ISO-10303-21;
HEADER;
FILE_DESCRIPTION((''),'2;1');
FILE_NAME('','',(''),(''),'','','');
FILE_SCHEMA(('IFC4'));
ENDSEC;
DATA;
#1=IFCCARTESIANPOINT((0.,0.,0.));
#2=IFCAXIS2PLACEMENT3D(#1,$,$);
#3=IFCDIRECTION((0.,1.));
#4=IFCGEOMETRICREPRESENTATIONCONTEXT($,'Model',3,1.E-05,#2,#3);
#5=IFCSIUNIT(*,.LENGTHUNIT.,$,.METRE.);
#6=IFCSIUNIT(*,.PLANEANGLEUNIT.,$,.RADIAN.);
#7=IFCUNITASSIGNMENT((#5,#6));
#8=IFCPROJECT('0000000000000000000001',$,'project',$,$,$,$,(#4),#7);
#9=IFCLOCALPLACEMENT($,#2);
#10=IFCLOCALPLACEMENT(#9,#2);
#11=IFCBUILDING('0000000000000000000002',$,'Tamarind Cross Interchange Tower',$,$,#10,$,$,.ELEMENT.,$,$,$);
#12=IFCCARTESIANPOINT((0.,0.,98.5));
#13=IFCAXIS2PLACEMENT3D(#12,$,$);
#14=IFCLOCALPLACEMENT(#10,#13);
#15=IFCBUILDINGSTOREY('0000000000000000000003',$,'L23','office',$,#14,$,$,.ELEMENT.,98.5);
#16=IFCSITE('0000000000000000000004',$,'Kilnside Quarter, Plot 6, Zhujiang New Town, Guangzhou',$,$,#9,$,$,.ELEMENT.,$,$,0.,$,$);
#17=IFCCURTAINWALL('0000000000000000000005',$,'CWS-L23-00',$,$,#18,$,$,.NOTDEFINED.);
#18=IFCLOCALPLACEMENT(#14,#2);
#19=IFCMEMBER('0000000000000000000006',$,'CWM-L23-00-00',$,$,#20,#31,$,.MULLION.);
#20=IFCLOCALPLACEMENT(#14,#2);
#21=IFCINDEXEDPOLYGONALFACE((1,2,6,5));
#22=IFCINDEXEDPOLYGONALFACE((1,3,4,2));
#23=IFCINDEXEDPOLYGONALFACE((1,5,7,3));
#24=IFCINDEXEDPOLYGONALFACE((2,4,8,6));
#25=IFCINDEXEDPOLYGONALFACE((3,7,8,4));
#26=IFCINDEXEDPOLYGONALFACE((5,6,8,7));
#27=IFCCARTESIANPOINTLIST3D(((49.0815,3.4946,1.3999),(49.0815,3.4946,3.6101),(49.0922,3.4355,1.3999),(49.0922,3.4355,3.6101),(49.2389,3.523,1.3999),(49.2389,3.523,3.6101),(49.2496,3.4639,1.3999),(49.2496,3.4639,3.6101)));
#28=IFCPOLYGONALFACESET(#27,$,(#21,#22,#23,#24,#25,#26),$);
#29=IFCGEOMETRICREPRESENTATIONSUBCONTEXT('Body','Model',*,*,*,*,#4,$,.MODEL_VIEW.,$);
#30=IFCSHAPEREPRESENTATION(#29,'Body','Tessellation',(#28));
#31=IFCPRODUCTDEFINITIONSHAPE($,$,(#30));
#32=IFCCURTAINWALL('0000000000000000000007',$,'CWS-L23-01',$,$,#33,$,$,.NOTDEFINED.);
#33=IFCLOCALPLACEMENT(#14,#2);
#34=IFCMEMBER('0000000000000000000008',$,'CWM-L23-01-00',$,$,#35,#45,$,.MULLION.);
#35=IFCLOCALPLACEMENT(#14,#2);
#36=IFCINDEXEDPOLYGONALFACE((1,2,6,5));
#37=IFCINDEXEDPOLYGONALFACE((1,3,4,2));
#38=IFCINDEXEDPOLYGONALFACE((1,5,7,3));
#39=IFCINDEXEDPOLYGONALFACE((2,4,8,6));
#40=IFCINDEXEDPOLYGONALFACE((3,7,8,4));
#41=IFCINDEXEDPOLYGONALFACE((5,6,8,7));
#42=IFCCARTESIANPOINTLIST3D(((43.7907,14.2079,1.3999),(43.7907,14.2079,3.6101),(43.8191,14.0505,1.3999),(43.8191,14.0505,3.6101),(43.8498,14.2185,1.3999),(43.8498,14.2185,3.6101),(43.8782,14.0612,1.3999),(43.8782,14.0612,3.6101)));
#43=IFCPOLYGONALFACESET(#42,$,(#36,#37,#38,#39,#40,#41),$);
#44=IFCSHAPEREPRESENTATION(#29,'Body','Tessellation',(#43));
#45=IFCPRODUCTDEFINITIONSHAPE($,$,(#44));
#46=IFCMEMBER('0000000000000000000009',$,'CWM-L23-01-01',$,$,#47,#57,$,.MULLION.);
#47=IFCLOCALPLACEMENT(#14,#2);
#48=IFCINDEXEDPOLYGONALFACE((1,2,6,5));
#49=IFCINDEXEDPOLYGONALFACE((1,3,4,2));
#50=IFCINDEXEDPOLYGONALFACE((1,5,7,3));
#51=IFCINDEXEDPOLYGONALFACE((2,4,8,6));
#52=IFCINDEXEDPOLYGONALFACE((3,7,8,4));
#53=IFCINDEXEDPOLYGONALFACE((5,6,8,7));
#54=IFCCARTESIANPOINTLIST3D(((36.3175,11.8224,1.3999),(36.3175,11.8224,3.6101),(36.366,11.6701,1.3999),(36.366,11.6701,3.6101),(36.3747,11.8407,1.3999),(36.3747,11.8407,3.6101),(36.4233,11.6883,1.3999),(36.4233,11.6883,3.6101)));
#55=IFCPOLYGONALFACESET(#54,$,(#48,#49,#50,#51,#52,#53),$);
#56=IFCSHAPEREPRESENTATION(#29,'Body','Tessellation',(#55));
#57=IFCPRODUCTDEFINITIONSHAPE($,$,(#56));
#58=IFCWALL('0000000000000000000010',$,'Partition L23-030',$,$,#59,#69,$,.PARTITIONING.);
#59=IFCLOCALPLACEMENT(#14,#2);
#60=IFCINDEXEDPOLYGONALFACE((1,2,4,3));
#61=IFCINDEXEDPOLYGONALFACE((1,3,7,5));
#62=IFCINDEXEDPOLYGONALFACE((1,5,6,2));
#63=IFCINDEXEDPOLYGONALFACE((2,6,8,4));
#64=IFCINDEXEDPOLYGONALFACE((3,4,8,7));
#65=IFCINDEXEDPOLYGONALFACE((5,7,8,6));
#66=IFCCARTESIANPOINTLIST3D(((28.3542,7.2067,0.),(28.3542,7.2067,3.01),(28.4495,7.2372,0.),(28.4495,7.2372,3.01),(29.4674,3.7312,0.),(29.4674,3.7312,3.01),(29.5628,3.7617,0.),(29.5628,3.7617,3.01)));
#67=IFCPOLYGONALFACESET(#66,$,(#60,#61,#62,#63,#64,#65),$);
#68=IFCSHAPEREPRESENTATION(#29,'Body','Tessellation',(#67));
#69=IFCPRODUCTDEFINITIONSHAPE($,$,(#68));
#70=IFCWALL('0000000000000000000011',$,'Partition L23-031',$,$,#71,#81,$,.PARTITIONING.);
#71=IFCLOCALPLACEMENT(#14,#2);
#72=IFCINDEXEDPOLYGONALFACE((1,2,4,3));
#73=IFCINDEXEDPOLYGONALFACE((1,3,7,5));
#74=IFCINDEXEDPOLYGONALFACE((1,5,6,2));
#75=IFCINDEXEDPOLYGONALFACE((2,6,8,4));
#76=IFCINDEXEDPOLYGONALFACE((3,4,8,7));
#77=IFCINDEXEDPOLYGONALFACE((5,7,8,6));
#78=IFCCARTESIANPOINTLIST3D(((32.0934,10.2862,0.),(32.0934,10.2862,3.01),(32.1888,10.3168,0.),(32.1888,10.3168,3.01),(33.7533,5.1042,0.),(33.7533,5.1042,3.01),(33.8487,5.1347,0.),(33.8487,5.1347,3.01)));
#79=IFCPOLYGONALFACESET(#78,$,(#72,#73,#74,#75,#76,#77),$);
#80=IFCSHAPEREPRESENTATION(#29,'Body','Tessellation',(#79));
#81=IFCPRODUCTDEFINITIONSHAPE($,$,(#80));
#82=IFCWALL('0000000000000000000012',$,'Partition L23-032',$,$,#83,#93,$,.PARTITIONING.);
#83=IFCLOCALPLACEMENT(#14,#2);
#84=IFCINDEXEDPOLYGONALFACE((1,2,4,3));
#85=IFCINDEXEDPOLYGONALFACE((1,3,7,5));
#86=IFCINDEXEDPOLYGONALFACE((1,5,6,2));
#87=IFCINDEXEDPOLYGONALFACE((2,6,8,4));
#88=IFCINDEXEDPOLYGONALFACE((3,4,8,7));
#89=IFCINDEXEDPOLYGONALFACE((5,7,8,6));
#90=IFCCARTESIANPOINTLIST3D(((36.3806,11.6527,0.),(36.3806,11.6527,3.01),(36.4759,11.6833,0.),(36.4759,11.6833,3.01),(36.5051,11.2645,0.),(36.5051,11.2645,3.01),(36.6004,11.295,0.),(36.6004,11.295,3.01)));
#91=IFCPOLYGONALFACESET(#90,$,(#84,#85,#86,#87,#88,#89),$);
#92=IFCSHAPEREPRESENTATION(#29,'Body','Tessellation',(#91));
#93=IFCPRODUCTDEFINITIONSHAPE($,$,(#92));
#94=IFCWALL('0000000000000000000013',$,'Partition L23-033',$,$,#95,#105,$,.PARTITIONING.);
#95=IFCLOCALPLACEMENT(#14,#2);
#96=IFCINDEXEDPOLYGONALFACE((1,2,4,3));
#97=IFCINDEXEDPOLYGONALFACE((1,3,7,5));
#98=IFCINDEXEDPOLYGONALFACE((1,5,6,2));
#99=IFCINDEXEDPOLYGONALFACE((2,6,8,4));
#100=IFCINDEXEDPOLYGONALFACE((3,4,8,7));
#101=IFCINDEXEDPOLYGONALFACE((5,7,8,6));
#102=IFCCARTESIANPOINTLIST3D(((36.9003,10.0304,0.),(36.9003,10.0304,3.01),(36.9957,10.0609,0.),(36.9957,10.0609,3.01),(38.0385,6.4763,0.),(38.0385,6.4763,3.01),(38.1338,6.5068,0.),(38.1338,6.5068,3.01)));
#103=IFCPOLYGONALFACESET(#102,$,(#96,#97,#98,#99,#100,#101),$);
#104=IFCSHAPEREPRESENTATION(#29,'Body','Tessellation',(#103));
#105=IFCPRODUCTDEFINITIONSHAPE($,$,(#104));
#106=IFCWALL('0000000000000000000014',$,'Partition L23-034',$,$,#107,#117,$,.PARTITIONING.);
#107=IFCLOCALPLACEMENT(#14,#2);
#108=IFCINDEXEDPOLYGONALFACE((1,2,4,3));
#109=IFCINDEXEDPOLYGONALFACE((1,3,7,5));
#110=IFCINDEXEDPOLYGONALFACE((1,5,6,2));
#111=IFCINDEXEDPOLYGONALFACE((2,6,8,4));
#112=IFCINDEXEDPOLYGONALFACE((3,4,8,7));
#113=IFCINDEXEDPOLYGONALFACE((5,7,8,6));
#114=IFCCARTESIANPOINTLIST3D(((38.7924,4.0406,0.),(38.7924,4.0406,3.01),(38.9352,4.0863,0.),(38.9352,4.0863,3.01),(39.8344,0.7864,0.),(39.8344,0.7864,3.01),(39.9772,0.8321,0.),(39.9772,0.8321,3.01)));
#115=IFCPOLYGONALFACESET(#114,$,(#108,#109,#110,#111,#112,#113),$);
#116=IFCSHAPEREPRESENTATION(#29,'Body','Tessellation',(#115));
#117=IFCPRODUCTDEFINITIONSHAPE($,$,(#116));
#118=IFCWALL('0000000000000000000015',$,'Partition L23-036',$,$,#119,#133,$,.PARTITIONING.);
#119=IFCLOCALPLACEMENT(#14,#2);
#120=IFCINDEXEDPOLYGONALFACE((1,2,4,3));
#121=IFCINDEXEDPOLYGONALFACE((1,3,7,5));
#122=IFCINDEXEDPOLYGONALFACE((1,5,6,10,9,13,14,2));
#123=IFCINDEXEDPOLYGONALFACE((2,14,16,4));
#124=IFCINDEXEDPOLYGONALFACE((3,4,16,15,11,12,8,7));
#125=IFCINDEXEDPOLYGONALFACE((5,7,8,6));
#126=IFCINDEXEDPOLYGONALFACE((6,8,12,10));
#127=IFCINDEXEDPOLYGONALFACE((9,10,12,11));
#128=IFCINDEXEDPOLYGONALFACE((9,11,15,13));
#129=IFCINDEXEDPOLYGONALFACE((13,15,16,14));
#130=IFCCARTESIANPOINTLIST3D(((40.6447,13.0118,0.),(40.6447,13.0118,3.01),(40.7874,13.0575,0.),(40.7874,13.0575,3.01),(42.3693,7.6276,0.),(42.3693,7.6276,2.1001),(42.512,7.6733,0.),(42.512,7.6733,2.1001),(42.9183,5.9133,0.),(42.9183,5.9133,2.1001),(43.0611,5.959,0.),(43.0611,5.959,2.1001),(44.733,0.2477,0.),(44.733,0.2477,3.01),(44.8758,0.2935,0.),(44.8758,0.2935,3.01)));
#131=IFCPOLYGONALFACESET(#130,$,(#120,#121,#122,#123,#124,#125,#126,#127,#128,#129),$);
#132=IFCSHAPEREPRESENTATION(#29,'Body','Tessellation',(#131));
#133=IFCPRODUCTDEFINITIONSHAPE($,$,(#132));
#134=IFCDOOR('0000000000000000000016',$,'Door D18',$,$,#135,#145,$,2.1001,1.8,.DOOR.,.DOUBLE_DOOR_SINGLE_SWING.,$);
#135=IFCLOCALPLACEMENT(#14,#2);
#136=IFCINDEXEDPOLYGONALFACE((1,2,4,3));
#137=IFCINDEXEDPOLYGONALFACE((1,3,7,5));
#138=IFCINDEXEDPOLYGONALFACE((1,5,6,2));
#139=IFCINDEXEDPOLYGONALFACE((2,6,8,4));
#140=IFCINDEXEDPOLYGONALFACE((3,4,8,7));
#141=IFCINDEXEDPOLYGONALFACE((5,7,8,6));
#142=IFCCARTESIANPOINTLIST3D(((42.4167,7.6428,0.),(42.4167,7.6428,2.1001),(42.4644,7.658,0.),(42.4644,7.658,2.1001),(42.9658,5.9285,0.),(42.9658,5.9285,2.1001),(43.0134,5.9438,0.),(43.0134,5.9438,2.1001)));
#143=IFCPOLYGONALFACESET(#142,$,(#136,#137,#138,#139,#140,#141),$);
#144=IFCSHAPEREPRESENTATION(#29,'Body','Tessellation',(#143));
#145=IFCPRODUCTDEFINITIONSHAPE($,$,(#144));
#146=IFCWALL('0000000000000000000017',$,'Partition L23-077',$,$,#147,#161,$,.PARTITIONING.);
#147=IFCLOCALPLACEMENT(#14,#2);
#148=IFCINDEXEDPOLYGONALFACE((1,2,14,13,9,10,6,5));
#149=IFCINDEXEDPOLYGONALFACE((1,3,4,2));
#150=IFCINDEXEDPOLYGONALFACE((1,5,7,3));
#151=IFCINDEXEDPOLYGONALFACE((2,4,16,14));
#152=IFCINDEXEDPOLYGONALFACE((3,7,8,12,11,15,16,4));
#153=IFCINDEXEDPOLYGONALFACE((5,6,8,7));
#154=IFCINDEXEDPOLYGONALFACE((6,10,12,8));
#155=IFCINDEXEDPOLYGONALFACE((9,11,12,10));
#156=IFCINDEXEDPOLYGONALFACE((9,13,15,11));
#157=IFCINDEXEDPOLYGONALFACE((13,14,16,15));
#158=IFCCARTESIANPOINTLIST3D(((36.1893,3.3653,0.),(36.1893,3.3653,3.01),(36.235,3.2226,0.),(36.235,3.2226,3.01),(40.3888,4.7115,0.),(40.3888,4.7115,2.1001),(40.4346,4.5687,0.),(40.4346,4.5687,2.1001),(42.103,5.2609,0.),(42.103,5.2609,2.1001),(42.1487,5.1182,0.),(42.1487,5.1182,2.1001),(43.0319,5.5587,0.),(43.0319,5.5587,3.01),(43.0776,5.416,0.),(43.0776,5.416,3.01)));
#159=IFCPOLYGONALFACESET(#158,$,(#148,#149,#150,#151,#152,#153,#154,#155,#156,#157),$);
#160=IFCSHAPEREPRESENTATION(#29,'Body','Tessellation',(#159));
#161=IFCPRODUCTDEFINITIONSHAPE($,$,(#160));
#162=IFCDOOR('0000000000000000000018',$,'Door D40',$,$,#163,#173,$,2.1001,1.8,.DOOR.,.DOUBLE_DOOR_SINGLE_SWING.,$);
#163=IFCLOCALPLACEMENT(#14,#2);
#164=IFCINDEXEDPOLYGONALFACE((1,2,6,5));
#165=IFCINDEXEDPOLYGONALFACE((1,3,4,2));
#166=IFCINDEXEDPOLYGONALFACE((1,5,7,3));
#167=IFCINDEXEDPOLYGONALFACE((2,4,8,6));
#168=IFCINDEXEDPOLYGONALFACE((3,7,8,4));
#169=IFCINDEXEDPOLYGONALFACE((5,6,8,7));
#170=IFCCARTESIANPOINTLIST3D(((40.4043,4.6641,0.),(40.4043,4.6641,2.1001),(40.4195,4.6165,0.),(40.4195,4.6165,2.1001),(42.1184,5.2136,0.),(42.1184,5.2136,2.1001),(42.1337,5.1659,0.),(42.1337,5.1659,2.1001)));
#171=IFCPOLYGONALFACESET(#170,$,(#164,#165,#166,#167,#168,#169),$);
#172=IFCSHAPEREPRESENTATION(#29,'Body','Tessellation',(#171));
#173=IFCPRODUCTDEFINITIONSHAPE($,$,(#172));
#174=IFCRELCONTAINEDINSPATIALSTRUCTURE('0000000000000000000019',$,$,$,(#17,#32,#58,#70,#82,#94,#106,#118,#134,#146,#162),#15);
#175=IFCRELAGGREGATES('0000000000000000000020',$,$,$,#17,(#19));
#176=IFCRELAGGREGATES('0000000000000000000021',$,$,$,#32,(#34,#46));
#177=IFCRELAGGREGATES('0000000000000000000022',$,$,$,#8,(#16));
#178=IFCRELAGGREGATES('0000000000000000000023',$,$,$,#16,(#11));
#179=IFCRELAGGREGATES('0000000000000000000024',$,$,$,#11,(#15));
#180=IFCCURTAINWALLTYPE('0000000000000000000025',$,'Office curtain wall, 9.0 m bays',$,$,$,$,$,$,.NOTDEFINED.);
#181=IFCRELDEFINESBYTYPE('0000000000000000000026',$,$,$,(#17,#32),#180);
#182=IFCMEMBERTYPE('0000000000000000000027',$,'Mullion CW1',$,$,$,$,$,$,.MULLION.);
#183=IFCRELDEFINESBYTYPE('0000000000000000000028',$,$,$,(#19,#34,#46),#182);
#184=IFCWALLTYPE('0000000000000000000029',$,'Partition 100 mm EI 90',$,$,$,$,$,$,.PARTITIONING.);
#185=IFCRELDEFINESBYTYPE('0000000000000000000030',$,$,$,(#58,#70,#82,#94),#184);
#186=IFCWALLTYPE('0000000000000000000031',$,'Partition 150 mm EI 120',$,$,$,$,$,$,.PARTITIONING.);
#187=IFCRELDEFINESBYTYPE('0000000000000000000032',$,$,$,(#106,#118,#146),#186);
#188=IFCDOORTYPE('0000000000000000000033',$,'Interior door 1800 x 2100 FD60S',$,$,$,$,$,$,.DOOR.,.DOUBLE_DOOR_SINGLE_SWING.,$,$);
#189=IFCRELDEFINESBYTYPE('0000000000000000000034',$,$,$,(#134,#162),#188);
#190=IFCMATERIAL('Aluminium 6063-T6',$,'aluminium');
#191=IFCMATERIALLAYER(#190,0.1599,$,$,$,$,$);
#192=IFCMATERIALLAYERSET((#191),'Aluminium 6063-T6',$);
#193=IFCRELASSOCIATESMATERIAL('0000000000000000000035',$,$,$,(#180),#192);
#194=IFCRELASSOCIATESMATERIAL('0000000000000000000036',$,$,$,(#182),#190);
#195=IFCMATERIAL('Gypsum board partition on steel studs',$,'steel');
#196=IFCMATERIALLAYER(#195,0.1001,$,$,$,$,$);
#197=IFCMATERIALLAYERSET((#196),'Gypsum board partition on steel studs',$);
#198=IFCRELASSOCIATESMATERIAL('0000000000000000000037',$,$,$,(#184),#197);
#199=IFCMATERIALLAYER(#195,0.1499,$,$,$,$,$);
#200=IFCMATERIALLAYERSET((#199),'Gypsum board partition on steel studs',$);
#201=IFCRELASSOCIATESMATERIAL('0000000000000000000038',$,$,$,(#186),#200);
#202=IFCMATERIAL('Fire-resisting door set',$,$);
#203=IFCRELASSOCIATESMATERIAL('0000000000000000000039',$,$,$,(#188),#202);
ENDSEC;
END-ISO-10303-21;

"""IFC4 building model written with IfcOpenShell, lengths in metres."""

from ifc_helpers import new_model, si_unit, direction, frame, frame_2d, origin, origin_2d, place, context, subcontext, project, spatial, rectangle, extrude, material, layer, layer_set, material_profile, profile_set, type_object, element, fill, aggregate, save


model = new_model("IFC4")

# Units and contexts
model_context = context("Model", 3, precision=1e-05, world=origin(), true_north=direction((0.0, 1.0)))
body_context = subcontext(model_context, "Body", "Model", "MODEL_VIEW")
ifc_project = project(units=[si_unit("LENGTHUNIT", "METRE"), si_unit("PLANEANGLEUNIT", "RADIAN")], contexts=[model_context])

# Site, building, storey
site_placement = place(None, origin())
site = spatial("IfcSite", under=ifc_project, at=site_placement, Name="Kilnside Quarter, Plot 6, Zhujiang New Town, Guangzhou", CompositionType="ELEMENT", RefElevation=0.0)
building_placement = place(site_placement, origin())
building = spatial("IfcBuilding", under=site, at=building_placement, Name="Tamarind Cross Interchange Tower", CompositionType="ELEMENT")
storey_placement = place(building_placement, frame((0.0, 0.0, 98.5)))
storey = spatial("IfcBuildingStorey", under=building, at=storey_placement, Name="L23", Description="office", CompositionType="ELEMENT", Elevation=98.5)

# Curtain wall, member
ifc_material_1 = material(Name="Aluminium 6063-T6", Category="aluminium")
ifc_layer_1 = layer(ifc_material_1, 0.1599)
ifc_layer_set_1 = layer_set([ifc_layer_1], Name="Aluminium 6063-T6")
curtain_wall_type = type_object("IfcCurtainWallType", Name="Office curtain wall, 9.0 m bays", PredefinedType="NOTDEFINED", material=ifc_layer_set_1)
curtain_wall_1_placement = place(storey_placement, origin())
curtain_wall_1 = element("IfcCurtainWall", 1, at=curtain_wall_1_placement, inside=storey, type_object=curtain_wall_type, Name="CWS-L23-00", PredefinedType="NOTDEFINED")
ifc_material_profile_1 = material_profile(ifc_material_1, rectangle(XDim=0.0601, YDim=0.1599, at=origin_2d()), Name="Mullion CW1")
ifc_profile_set_1 = profile_set([ifc_material_profile_1], Name="Aluminium 6063-T6")
member_type = type_object("IfcMemberType", Name="Mullion CW1", PredefinedType="MULLION", material=ifc_profile_set_1)
member_1_placement = place(storey_placement, frame((49.1655, 3.4792, 1.3999), z_axis=(0.0, 0.0, 1.0), x_axis=(-0.178143, 0.984005, 0.0)))
member_1 = element("IfcMember", 2, at=member_1_placement, type_object=member_type, Name="CWM-L23-00-00", PredefinedType="MULLION", context=body_context, shape_type="SweptSolid", body=[
    extrude(rectangle(XDim=0.0601, YDim=0.1599, at=origin_2d()), origin(), (0.0, 0.0, 1.0), 2.2102),
])
aggregate(curtain_wall_1, [member_1])

# Curtain wall, members
curtain_wall_2_placement = place(storey_placement, origin())
curtain_wall_2 = element("IfcCurtainWall", 3, at=curtain_wall_2_placement, inside=storey, type_object=curtain_wall_type, Name="CWS-L23-01", PredefinedType="NOTDEFINED")
member_2_placement = place(storey_placement, frame((43.8345, 14.1345, 1.3999), z_axis=(0.0, 0.0, 1.0), x_axis=(-0.984133, -0.177433, 0.0)))
member_2 = element("IfcMember", 4, at=member_2_placement, type_object=member_type, Name="CWM-L23-01-00", PredefinedType="MULLION", context=body_context, shape_type="SweptSolid", body=[
    extrude(rectangle(XDim=0.0601, YDim=0.1599, at=origin_2d()), origin(), (0.0, 0.0, 1.0), 2.2102),
])
member_3_placement = place(storey_placement, frame((36.3704, 11.7554, 1.3999), z_axis=(0.0, 0.0, 1.0), x_axis=(-0.952773, -0.303683, 0.0)))
member_3 = element("IfcMember", 5, at=member_3_placement, type_object=member_type, Name="CWM-L23-01-01", PredefinedType="MULLION", context=body_context, shape_type="SweptSolid", body=[
    extrude(rectangle(XDim=0.0601, YDim=0.1599, at=origin_2d()), origin(), (0.0, 0.0, 1.0), 2.2102),
])
aggregate(curtain_wall_2, [member_2, member_3])

# Walls
ifc_material_2 = material(Name="Gypsum board partition on steel studs", Category="steel")
ifc_layer_2 = layer(ifc_material_2, 0.1001)
ifc_layer_set_2 = layer_set([ifc_layer_2], Name="Gypsum board partition on steel studs")
wall_type_1 = type_object("IfcWallType", Name="Partition 100 mm EI 90", PredefinedType="PARTITIONING", material=ifc_layer_set_2)
wall_1_placement = place(storey_placement, frame((28.4019, 7.2219, 0.0), z_axis=(0.0, 0.0, 1.0), x_axis=(0.305048, -0.952337, 0.0)))
element("IfcWall", 6, at=wall_1_placement, inside=storey, type_object=wall_type_1, Name="Partition L23-030", PredefinedType="PARTITIONING", context=body_context, shape_type="SweptSolid", body=[
    extrude(rectangle(XDim=3.6494, YDim=0.1001, at=frame_2d((1.8247, 0.0))), origin(), (0.0, 0.0, 1.0), 3.01),
])
wall_2_placement = place(storey_placement, frame((32.1411, 10.3015, 0.0), z_axis=(0.0, 0.0, 1.0), x_axis=(0.305048, -0.952337, 0.0)))
element("IfcWall", 7, at=wall_2_placement, inside=storey, type_object=wall_type_1, Name="Partition L23-031", PredefinedType="PARTITIONING", context=body_context, shape_type="SweptSolid", body=[
    extrude(rectangle(XDim=5.4414, YDim=0.1001, at=frame_2d((2.7207, 0.0))), origin(), (0.0, 0.0, 1.0), 3.01),
])
wall_3_placement = place(storey_placement, frame((36.4282, 11.668, 0.0), z_axis=(0.0, 0.0, 1.0), x_axis=(0.305428, -0.952215, 0.0)))
element("IfcWall", 8, at=wall_3_placement, inside=storey, type_object=wall_type_1, Name="Partition L23-032", PredefinedType="PARTITIONING", context=body_context, shape_type="SweptSolid", body=[
    extrude(rectangle(XDim=0.4077, YDim=0.1001, at=frame_2d((0.2039, 0.0))), origin(), (0.0, 0.0, 1.0), 3.01),
])
wall_4_placement = place(storey_placement, frame((36.948, 10.0457, 0.0), z_axis=(0.0, 0.0, 1.0), x_axis=(0.30498, -0.952359, 0.0)))
element("IfcWall", 9, at=wall_4_placement, inside=storey, type_object=wall_type_1, Name="Partition L23-033", PredefinedType="PARTITIONING", context=body_context, shape_type="SweptSolid", body=[
    extrude(rectangle(XDim=3.7319, YDim=0.1001, at=frame_2d((1.866, 0.0))), origin(), (0.0, 0.0, 1.0), 3.01),
])
ifc_layer_3 = layer(ifc_material_2, 0.1499)
ifc_layer_set_3 = layer_set([ifc_layer_3], Name="Gypsum board partition on steel studs")
wall_type_2 = type_object("IfcWallType", Name="Partition 150 mm EI 120", PredefinedType="PARTITIONING", material=ifc_layer_set_3)
wall_5_placement = place(storey_placement, frame((38.8638, 4.0635, 0.0), z_axis=(0.0, 0.0, 1.0), x_axis=(0.304952, -0.952368, 0.0)))
element("IfcWall", 10, at=wall_5_placement, inside=storey, type_object=wall_type_2, Name="Partition L23-034", PredefinedType="PARTITIONING", context=body_context, shape_type="SweptSolid", body=[
    extrude(rectangle(XDim=3.417, YDim=0.1499, at=frame_2d((1.7085, 0.0))), origin(), (0.0, 0.0, 1.0), 3.01),
])

# Walls, openings, doors
wall_6_placement = place(storey_placement, frame((40.7161, 13.0347, 0.0), z_axis=(0.0, 0.0, 1.0), x_axis=(0.305036, -0.952341, 0.0)))
wall_6 = element("IfcWall", 11, at=wall_6_placement, inside=storey, type_object=wall_type_2, Name="Partition L23-036", PredefinedType="PARTITIONING", context=body_context, shape_type="SweptSolid", body=[
    extrude(rectangle(XDim=13.4028, YDim=0.1499, at=frame_2d((6.7014, 0.0))), origin(), (0.0, 0.0, 1.0), 3.01),
])
opening_1_placement = place(wall_6_placement, frame((5.6538, 0.0, 0.0)))
opening_1 = element("IfcOpeningElement", 12, at=opening_1_placement, cuts=wall_6, PredefinedType="OPENING", context=body_context, shape_type="SweptSolid", body=[
    extrude(rectangle(XDim=1.8, YDim=2.1001, at=frame_2d((0.8999, 1.05))), frame((0.0, 0.085, 0.0), z_axis=(0.0, -1.0, 0.0), x_axis=(1.0, 0.0, 0.0)), (0.0, 0.0, 1.0), 0.1699),
])
ifc_material_3 = material(Name="Fire-resisting door set")
door_type_1 = type_object("IfcDoorType", Name="Interior door 1800 x 2100 FD60S", OperationType="DOUBLE_DOOR_SINGLE_SWING", PredefinedType="DOOR", material=ifc_material_3)
door_1_placement = place(opening_1_placement, origin())
door_1 = element("IfcDoor", 13, at=door_1_placement, inside=storey, type_object=door_type_1, Name="Door D18", OperationType="DOUBLE_DOOR_SINGLE_SWING", OverallHeight=2.1001, OverallWidth=1.8, PredefinedType="DOOR", context=body_context, shape_type="SweptSolid", body=[
    extrude(rectangle(XDim=1.8, YDim=2.1001, at=frame_2d((0.8999, 1.05))), frame((0.0, 0.0249, 0.0), z_axis=(0.0, -1.0, 0.0), x_axis=(1.0, 0.0, 0.0)), (0.0, 0.0, 1.0), 0.05),
])
fill(opening_1, door_1)
wall_7_placement = place(storey_placement, frame((36.2122, 3.2939, 0.0), z_axis=(0.0, 0.0, 1.0), x_axis=(0.952273, 0.305249, 0.0)))
wall_7 = element("IfcWall", 14, at=wall_7_placement, inside=storey, type_object=wall_type_2, Name="Partition L23-077", PredefinedType="PARTITIONING", context=body_context, shape_type="SweptSolid", body=[
    extrude(rectangle(XDim=7.1855, YDim=0.1499, at=frame_2d((3.5928, 0.0))), origin(), (0.0, 0.0, 1.0), 3.01),
])
opening_2_placement = place(wall_7_placement, frame((4.4102, 0.0, 0.0)))
opening_2 = element("IfcOpeningElement", 15, at=opening_2_placement, cuts=wall_7, PredefinedType="OPENING", context=body_context, shape_type="SweptSolid", body=[
    extrude(rectangle(XDim=1.8, YDim=2.1001, at=frame_2d((0.8999, 1.05))), frame((0.0, 0.085, 0.0), z_axis=(0.0, -1.0, 0.0), x_axis=(1.0, 0.0, 0.0)), (0.0, 0.0, 1.0), 0.1699),
])
door_2_placement = place(opening_2_placement, frame((1.8, 0.0, 0.0), z_axis=(0.0, 0.0, 1.0), x_axis=(-1.0, 0.0, 0.0)))
door_2 = element("IfcDoor", 16, at=door_2_placement, inside=storey, type_object=door_type_1, Name="Door D40", OperationType="DOUBLE_DOOR_SINGLE_SWING", OverallHeight=2.1001, OverallWidth=1.8, PredefinedType="DOOR", context=body_context, shape_type="SweptSolid", body=[
    extrude(rectangle(XDim=1.8, YDim=2.1001, at=frame_2d((0.8999, 1.05))), frame((0.0, 0.0249, 0.0), z_axis=(0.0, -1.0, 0.0), x_axis=(1.0, 0.0, 0.0)), (0.0, 0.0, 1.0), 0.05),
])
fill(opening_2, door_2)

save(model, "model.ifc")
